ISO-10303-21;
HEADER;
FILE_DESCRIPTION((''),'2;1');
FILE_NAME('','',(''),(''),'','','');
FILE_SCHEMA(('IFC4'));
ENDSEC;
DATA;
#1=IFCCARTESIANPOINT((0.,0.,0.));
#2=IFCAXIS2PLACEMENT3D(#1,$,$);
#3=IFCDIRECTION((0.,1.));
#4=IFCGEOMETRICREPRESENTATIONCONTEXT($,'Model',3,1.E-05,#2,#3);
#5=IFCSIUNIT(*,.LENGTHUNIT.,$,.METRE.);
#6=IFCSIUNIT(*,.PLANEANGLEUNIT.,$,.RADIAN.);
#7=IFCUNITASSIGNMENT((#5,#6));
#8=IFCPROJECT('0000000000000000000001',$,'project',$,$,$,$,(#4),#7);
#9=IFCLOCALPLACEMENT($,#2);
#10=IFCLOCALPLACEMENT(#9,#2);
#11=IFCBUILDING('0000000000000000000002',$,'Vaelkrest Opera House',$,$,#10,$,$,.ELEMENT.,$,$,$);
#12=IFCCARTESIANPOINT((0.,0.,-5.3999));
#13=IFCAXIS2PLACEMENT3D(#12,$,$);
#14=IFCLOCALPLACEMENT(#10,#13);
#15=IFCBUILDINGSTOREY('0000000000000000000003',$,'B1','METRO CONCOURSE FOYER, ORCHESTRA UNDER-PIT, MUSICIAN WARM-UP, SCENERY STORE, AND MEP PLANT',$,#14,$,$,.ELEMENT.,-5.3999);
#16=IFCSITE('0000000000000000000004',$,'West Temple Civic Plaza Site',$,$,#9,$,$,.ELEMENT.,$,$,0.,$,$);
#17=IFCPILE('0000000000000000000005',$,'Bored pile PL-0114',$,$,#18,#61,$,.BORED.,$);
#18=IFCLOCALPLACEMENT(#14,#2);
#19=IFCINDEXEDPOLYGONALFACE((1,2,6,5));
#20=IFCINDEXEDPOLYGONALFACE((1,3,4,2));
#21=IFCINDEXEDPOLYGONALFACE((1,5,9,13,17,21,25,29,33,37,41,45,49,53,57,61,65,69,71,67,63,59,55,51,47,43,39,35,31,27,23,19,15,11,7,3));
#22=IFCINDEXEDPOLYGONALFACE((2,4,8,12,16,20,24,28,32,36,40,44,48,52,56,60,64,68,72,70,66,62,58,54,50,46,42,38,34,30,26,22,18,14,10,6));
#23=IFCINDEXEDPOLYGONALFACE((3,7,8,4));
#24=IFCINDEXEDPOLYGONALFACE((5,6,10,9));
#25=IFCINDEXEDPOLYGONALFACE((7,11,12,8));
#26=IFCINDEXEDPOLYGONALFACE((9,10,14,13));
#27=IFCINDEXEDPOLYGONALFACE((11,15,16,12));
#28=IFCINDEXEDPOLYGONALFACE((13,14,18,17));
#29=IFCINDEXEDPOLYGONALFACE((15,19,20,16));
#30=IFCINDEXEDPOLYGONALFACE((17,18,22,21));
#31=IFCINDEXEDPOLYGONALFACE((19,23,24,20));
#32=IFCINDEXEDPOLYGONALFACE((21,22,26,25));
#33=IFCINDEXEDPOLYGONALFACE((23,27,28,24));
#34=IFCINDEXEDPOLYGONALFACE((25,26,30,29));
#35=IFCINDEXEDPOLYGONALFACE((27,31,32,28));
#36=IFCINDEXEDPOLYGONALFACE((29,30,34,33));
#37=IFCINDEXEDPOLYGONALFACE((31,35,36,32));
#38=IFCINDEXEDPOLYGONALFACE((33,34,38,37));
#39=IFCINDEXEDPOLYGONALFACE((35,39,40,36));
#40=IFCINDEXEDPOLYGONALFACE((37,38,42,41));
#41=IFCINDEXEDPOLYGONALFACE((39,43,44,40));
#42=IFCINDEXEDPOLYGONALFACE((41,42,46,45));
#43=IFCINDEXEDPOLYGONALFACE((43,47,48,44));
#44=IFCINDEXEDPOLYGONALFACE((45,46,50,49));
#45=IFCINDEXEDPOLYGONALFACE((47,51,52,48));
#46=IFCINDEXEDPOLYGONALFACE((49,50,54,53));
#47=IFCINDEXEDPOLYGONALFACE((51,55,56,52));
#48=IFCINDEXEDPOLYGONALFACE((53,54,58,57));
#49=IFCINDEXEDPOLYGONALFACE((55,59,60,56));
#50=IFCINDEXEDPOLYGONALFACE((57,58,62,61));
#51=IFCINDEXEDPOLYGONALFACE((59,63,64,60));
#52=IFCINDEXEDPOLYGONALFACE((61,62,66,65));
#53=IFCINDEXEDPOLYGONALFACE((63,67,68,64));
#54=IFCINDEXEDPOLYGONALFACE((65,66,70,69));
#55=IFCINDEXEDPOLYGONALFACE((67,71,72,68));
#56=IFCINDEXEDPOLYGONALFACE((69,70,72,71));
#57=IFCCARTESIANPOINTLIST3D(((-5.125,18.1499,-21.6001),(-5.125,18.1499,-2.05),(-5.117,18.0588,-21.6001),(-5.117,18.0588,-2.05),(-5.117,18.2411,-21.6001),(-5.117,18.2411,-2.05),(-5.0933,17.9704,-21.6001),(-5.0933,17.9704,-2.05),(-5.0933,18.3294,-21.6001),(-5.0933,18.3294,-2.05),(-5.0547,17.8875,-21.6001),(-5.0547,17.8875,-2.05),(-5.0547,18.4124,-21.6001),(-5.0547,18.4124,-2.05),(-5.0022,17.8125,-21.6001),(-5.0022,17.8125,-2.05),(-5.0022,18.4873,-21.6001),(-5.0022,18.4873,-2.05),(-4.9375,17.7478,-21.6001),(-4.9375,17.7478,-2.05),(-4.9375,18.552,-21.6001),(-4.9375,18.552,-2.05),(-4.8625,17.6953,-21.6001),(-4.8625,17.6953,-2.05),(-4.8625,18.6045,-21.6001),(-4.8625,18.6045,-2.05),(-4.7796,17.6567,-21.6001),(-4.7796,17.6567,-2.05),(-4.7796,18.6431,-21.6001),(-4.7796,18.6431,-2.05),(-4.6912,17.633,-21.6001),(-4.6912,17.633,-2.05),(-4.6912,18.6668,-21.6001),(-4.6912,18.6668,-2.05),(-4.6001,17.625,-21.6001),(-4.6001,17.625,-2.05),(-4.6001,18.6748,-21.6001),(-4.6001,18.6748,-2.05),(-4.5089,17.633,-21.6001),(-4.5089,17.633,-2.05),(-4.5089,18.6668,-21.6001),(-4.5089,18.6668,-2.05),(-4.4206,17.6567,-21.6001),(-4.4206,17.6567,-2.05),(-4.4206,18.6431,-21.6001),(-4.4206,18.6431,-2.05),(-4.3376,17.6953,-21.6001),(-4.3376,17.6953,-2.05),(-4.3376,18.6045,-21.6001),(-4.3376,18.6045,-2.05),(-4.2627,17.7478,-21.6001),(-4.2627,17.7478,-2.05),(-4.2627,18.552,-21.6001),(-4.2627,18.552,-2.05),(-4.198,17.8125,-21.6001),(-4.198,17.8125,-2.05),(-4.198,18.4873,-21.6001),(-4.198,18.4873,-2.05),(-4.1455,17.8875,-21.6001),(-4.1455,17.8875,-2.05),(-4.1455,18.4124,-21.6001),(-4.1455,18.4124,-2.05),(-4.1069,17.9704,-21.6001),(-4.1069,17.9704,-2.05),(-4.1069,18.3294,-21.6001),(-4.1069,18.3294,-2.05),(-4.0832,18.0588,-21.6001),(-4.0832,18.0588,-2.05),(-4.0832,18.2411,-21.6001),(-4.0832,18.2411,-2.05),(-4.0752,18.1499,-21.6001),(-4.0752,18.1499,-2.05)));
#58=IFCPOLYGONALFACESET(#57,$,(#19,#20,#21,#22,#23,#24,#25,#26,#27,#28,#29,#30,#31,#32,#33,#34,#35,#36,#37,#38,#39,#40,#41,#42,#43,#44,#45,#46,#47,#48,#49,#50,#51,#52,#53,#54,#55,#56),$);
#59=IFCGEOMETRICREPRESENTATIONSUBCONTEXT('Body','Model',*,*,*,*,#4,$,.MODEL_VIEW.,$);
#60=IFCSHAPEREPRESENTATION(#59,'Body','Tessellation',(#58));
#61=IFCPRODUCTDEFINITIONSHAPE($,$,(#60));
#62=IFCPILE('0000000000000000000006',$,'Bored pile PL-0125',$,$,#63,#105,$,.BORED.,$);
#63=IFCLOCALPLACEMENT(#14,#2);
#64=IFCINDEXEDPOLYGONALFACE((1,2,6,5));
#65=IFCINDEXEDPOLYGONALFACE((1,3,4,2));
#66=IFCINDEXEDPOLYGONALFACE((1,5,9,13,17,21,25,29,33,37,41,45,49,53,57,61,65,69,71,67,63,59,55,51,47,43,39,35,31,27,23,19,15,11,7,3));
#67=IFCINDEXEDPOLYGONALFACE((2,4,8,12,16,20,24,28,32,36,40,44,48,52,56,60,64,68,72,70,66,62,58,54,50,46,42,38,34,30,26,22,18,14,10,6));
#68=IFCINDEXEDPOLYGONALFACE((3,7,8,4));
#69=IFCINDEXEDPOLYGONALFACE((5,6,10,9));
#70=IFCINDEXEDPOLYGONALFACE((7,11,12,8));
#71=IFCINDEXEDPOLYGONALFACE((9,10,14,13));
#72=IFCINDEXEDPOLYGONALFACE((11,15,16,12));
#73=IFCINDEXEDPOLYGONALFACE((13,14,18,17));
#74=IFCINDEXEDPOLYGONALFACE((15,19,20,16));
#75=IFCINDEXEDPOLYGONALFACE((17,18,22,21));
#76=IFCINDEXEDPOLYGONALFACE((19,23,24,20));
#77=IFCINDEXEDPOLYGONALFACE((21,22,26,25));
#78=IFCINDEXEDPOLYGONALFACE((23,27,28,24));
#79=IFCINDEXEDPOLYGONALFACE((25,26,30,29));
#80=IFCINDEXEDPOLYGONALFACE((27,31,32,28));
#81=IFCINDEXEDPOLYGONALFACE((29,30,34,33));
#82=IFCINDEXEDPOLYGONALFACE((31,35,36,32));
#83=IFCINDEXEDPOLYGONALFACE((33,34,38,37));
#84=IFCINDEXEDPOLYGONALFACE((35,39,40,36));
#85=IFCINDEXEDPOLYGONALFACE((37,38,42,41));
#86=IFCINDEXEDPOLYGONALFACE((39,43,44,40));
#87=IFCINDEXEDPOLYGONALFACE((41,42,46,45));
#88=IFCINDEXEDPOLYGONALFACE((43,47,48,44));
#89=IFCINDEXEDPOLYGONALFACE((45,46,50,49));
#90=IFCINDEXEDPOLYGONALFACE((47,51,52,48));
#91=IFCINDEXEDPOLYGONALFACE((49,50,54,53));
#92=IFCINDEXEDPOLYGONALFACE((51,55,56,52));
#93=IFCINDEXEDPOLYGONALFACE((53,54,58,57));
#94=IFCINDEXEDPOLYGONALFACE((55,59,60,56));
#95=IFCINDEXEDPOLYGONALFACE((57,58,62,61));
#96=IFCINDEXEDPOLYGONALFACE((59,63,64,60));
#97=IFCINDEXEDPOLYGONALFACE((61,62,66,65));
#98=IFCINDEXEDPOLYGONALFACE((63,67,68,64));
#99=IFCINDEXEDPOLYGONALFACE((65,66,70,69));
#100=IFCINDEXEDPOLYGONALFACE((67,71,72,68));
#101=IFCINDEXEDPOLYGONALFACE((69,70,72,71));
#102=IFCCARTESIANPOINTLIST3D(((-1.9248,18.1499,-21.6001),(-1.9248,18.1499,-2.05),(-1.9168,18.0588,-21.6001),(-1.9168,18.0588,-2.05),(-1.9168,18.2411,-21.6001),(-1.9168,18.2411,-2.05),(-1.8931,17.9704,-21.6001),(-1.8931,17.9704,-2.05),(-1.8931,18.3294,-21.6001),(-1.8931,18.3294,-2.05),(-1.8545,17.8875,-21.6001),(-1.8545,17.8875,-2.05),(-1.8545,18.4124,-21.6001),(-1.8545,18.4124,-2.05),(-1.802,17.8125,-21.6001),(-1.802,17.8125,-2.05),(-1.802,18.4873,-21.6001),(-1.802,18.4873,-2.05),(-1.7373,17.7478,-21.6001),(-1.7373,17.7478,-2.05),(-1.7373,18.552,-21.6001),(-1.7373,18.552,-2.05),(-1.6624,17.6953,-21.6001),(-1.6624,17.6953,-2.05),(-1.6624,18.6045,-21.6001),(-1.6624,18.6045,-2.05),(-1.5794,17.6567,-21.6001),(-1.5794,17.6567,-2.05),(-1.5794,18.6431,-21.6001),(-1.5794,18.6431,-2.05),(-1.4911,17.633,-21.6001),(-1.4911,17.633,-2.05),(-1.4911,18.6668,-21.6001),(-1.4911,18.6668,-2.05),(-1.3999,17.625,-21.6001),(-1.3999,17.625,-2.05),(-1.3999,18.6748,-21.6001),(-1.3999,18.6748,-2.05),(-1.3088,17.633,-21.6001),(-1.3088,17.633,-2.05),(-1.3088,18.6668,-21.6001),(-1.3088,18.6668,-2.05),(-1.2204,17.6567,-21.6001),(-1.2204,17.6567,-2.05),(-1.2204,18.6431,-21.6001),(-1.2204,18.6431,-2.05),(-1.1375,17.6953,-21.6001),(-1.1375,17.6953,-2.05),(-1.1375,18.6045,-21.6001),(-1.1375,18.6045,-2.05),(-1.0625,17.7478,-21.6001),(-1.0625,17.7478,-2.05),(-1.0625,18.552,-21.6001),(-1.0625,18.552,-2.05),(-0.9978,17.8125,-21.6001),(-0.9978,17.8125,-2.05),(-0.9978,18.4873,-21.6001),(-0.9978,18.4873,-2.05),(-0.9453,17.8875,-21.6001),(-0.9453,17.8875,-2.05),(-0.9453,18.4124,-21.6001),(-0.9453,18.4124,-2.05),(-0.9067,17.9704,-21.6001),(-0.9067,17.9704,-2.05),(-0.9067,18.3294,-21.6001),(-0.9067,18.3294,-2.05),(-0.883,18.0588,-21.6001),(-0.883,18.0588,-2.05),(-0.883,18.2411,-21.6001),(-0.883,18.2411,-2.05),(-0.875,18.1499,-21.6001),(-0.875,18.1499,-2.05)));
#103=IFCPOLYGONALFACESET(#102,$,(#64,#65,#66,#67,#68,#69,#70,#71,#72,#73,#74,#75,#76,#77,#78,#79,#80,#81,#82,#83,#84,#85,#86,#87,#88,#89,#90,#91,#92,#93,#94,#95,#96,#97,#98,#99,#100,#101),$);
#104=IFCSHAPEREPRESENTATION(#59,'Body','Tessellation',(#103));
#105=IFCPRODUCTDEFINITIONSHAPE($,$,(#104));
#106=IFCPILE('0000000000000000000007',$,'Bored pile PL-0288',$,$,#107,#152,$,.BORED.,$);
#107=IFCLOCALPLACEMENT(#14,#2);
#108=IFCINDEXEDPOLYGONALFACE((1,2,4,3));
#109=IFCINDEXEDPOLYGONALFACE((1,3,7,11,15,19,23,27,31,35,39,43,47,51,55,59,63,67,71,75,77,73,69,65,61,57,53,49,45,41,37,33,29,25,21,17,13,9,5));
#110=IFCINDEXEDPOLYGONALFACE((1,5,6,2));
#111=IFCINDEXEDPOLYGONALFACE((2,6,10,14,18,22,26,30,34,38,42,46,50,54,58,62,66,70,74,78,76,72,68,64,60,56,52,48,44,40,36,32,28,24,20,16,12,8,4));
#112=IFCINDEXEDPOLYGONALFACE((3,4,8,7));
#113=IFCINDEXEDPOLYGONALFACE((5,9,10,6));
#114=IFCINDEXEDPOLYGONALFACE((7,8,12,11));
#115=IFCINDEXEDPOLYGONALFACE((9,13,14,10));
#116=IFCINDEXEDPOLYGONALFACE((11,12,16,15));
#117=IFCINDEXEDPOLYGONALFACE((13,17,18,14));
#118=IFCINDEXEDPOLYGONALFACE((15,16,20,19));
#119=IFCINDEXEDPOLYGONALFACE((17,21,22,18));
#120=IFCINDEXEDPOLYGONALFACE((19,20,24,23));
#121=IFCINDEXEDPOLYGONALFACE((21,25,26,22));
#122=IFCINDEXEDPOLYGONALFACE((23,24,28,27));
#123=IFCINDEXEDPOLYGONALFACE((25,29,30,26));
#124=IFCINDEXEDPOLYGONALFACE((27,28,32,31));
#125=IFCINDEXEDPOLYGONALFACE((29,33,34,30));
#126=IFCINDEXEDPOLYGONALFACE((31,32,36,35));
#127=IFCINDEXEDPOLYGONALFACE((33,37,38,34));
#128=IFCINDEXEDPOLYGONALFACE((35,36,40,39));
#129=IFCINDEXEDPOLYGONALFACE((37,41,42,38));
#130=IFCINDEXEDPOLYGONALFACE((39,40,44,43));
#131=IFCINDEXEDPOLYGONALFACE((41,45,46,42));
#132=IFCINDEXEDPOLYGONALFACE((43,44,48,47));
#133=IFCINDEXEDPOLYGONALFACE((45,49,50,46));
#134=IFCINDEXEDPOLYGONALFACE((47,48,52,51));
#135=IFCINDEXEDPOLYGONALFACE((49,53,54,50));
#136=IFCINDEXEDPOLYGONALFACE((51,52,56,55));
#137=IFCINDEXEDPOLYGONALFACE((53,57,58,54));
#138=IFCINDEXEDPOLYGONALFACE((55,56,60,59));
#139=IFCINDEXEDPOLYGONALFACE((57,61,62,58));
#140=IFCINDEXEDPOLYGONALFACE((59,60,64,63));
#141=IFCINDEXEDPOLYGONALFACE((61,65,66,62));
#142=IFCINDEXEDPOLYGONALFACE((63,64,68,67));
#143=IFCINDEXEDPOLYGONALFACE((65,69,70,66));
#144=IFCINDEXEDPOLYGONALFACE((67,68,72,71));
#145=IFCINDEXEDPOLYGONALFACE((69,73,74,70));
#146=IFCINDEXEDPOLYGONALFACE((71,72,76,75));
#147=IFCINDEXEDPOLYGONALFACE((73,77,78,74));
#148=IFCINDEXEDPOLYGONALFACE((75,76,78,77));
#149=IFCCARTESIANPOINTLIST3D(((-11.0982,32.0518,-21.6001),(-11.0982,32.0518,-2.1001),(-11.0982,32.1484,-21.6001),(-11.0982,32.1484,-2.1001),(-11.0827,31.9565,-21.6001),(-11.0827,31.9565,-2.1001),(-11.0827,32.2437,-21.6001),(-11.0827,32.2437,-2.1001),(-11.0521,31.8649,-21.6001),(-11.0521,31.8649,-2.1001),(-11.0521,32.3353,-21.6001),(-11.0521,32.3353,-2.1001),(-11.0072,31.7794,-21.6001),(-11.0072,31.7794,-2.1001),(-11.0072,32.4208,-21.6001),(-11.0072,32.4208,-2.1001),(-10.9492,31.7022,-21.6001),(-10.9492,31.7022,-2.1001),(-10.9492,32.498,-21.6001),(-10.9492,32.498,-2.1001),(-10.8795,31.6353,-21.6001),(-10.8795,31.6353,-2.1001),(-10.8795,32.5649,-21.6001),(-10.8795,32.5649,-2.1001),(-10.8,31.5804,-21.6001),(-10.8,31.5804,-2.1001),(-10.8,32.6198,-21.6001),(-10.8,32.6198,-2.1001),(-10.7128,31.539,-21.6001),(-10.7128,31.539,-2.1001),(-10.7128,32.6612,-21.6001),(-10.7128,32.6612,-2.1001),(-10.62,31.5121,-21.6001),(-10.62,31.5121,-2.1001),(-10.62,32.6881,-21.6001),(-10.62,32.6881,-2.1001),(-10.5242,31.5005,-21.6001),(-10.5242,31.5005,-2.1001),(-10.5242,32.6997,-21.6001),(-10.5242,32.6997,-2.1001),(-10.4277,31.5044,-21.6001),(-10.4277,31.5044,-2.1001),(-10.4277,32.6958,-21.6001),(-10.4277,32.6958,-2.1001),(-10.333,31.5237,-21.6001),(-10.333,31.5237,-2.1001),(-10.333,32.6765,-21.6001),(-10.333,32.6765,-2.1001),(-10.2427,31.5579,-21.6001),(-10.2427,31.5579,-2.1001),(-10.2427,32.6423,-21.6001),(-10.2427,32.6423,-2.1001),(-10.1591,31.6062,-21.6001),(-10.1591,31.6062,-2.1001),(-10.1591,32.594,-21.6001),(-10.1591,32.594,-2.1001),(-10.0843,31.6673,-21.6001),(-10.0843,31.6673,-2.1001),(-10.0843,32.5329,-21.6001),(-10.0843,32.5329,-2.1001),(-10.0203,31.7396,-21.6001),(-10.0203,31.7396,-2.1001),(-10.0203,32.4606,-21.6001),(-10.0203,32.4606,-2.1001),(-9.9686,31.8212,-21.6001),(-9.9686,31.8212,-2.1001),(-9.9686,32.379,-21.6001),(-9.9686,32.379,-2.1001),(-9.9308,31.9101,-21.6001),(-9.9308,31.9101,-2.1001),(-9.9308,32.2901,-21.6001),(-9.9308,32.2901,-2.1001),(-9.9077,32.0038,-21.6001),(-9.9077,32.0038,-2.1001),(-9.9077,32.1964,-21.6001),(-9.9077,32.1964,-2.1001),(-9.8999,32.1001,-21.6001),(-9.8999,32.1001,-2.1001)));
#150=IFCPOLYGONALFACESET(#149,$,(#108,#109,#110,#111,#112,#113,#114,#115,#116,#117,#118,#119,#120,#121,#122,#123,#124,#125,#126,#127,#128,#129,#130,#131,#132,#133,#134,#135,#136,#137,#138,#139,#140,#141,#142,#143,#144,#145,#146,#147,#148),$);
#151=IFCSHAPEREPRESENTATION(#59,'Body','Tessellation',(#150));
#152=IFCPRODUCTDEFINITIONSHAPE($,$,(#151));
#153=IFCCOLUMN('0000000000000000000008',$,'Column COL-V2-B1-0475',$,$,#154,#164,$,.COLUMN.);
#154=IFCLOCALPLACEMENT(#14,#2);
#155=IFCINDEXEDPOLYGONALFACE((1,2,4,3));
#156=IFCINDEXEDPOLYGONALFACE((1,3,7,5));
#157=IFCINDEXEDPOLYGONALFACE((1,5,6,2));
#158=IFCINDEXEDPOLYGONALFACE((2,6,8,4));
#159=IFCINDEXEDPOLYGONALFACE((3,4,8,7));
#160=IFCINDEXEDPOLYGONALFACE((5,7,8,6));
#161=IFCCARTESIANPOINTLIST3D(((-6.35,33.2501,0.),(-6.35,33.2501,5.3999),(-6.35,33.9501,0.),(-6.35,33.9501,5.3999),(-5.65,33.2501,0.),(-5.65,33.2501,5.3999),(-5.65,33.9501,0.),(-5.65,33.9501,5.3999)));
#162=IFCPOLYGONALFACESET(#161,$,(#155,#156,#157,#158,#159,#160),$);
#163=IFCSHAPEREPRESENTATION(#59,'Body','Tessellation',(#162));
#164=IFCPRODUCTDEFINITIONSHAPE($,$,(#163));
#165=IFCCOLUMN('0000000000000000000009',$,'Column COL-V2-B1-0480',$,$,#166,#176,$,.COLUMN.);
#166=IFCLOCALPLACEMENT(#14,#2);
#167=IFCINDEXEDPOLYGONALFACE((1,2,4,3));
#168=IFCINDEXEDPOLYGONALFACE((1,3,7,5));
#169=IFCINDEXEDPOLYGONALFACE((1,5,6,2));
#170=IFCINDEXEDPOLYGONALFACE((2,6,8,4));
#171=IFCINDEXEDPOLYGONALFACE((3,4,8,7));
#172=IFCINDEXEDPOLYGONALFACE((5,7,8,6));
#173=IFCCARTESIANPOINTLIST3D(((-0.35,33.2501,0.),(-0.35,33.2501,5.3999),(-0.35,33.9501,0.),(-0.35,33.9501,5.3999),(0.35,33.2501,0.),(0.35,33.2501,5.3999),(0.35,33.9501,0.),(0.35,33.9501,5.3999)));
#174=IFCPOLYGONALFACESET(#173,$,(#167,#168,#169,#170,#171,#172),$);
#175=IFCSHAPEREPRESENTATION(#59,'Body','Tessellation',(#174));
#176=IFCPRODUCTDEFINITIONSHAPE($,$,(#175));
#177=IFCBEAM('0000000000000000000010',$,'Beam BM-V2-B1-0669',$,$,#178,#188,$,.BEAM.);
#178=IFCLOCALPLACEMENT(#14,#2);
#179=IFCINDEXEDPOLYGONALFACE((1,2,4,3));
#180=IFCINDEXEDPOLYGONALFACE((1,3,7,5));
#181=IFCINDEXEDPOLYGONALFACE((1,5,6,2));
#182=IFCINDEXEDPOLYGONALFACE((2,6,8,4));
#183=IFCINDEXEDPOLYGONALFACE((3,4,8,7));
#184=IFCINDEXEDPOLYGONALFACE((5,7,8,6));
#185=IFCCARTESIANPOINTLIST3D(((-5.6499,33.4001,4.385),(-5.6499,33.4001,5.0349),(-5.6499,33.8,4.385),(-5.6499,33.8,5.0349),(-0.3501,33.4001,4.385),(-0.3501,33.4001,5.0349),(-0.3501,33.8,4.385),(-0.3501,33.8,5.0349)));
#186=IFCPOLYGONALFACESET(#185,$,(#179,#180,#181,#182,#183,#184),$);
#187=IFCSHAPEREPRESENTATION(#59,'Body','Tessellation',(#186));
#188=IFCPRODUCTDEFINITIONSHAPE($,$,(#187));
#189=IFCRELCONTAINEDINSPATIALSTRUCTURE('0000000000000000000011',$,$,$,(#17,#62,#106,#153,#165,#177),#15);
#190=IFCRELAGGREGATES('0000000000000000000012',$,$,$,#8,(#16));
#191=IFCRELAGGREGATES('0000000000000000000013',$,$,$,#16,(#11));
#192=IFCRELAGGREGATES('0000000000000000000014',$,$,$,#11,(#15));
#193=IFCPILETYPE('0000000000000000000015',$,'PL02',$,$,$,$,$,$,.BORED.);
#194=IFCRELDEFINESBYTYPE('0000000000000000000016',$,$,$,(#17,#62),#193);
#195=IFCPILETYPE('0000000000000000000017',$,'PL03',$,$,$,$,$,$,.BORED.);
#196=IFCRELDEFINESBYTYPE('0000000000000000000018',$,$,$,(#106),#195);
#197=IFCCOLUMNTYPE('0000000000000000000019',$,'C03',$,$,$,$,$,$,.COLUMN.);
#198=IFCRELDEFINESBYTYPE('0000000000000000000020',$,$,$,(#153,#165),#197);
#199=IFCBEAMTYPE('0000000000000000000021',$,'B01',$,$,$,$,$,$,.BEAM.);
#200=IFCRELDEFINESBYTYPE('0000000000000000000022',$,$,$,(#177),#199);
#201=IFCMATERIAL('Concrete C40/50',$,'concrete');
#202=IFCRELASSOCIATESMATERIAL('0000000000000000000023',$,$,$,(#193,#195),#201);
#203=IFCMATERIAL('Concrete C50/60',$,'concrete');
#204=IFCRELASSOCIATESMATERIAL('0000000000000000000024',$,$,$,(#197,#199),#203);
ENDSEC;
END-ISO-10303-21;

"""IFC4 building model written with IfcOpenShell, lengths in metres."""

from ifc_helpers import new_model, si_unit, direction, frame, origin, origin_2d, place, context, subcontext, project, spatial, rectangle, circle, extrude, material, material_profile, profile_set, type_object, element, save


model = new_model("IFC4")

# Units and contexts
model_context = context("Model", 3, precision=1e-05, world=origin(), true_north=direction((0.0, 1.0)))
body_context = subcontext(model_context, "Body", "Model", "MODEL_VIEW")
ifc_project = project(units=[si_unit("LENGTHUNIT", "METRE"), si_unit("PLANEANGLEUNIT", "RADIAN")], contexts=[model_context])

# Site, building, storey
site_placement = place(None, origin())
site = spatial("IfcSite", under=ifc_project, at=site_placement, Name="West Temple Civic Plaza Site", CompositionType="ELEMENT", RefElevation=0.0)
building_placement = place(site_placement, origin())
building = spatial("IfcBuilding", under=site, at=building_placement, Name="Vaelkrest Opera House", CompositionType="ELEMENT")
storey_placement = place(building_placement, frame((0.0, 0.0, -5.3999)))
storey = spatial("IfcBuildingStorey", under=building, at=storey_placement, Name="B1", Description="METRO CONCOURSE FOYER, ORCHESTRA UNDER-PIT, MUSICIAN WARM-UP, SCENERY STORE, AND MEP PLANT", CompositionType="ELEMENT", Elevation=-5.3999)

# Shared definitions
ifc_material_1 = material(Name="Concrete C40/50", Category="concrete")

# Piles
ifc_material_profile_1 = material_profile(ifc_material_1, circle(Radius=0.5249, at=origin_2d()), Name="PILE1050")
ifc_profile_set_1 = profile_set([ifc_material_profile_1], Name="Concrete C40/50")
pile_type_1 = type_object("IfcPileType", Name="PL02", PredefinedType="BORED", material=ifc_profile_set_1)
for number, where, z_axis, x_axis, name in (
    (1, (-4.6001, 18.1499, -2.05), (0.0, 0.0, -1.0), (1.0, 0.0, 0.0), "Bored pile PL-0114"),
    (2, (-1.3999, 18.1499, -2.05), (0.0, 0.0, -1.0), (1.0, 0.0, 0.0), "Bored pile PL-0125"),
):
    element("IfcPile", number, at=place(storey_placement, frame(where, z_axis=z_axis, x_axis=x_axis)), inside=storey, type_object=pile_type_1, Name=name, PredefinedType="BORED", context=body_context, shape_type="SweptSolid", body=[
        extrude(circle(Radius=0.5249, at=origin_2d()), origin(), (0.0, 0.0, 1.0), 19.55),
    ])
ifc_material_profile_2 = material_profile(ifc_material_1, circle(Radius=0.6001, at=origin_2d()), Name="PILE1200")
ifc_profile_set_2 = profile_set([ifc_material_profile_2], Name="Concrete C40/50")
pile_type_2 = type_object("IfcPileType", Name="PL03", PredefinedType="BORED", material=ifc_profile_set_2)
pile_placement = place(storey_placement, frame((-10.5, 32.1001, -2.1001), z_axis=(0.0, 0.0, -1.0), x_axis=(1.0, 0.0, 0.0)))
element("IfcPile", 3, at=pile_placement, inside=storey, type_object=pile_type_2, Name="Bored pile PL-0288", PredefinedType="BORED", context=body_context, shape_type="SweptSolid", body=[
    extrude(circle(Radius=0.6001, at=origin_2d()), origin(), (0.0, 0.0, 1.0), 19.5),
])

# Columns
ifc_material_2 = material(Name="Concrete C50/60", Category="concrete")
ifc_material_profile_3 = material_profile(ifc_material_2, rectangle(XDim=0.7, YDim=0.7, at=origin_2d()), Name="RC700X700")
ifc_profile_set_3 = profile_set([ifc_material_profile_3], Name="Concrete C50/60")
column_type = type_object("IfcColumnType", Name="C03", PredefinedType="COLUMN", material=ifc_profile_set_3)
for number, where, z_axis, x_axis, name in (
    (4, (-6.0, 33.6001, 0.0), (0.0, 0.0, 1.0), (1.0, 0.0, 0.0), "Column COL-V2-B1-0475"),
    (5, (0.0, 33.6001, 0.0), (0.0, 0.0, 1.0), (1.0, 0.0, 0.0), "Column COL-V2-B1-0480"),
):
    element("IfcColumn", number, at=place(storey_placement, frame(where, z_axis=z_axis, x_axis=x_axis)), inside=storey, type_object=column_type, Name=name, PredefinedType="COLUMN", context=body_context, shape_type="SweptSolid", body=[
        extrude(rectangle(XDim=0.7, YDim=0.7, at=origin_2d()), origin(), (0.0, 0.0, 1.0), 5.3999),
    ])

# Beam
ifc_material_profile_4 = material_profile(ifc_material_2, rectangle(XDim=0.3999, YDim=0.6499, at=origin_2d()), Name="RCB400X650")
ifc_profile_set_4 = profile_set([ifc_material_profile_4], Name="Concrete C50/60")
beam_type_1 = type_object("IfcBeamType", Name="B01", PredefinedType="BEAM", material=ifc_profile_set_4)
beam_1_placement = place(storey_placement, frame((-5.6499, 33.6001, 4.71), z_axis=(1.0, 0.0, 0.0), x_axis=(0.0, 1.0, 0.0)))
element("IfcBeam", 6, at=beam_1_placement, inside=storey, type_object=beam_type_1, Name="Beam BM-V2-B1-0669", PredefinedType="BEAM", context=body_context, shape_type="SweptSolid", body=[
    extrude(rectangle(XDim=0.3999, YDim=0.6499, at=origin_2d()), origin(), (0.0, 0.0, 1.0), 5.2998),
])

save(model, "model.ifc")
